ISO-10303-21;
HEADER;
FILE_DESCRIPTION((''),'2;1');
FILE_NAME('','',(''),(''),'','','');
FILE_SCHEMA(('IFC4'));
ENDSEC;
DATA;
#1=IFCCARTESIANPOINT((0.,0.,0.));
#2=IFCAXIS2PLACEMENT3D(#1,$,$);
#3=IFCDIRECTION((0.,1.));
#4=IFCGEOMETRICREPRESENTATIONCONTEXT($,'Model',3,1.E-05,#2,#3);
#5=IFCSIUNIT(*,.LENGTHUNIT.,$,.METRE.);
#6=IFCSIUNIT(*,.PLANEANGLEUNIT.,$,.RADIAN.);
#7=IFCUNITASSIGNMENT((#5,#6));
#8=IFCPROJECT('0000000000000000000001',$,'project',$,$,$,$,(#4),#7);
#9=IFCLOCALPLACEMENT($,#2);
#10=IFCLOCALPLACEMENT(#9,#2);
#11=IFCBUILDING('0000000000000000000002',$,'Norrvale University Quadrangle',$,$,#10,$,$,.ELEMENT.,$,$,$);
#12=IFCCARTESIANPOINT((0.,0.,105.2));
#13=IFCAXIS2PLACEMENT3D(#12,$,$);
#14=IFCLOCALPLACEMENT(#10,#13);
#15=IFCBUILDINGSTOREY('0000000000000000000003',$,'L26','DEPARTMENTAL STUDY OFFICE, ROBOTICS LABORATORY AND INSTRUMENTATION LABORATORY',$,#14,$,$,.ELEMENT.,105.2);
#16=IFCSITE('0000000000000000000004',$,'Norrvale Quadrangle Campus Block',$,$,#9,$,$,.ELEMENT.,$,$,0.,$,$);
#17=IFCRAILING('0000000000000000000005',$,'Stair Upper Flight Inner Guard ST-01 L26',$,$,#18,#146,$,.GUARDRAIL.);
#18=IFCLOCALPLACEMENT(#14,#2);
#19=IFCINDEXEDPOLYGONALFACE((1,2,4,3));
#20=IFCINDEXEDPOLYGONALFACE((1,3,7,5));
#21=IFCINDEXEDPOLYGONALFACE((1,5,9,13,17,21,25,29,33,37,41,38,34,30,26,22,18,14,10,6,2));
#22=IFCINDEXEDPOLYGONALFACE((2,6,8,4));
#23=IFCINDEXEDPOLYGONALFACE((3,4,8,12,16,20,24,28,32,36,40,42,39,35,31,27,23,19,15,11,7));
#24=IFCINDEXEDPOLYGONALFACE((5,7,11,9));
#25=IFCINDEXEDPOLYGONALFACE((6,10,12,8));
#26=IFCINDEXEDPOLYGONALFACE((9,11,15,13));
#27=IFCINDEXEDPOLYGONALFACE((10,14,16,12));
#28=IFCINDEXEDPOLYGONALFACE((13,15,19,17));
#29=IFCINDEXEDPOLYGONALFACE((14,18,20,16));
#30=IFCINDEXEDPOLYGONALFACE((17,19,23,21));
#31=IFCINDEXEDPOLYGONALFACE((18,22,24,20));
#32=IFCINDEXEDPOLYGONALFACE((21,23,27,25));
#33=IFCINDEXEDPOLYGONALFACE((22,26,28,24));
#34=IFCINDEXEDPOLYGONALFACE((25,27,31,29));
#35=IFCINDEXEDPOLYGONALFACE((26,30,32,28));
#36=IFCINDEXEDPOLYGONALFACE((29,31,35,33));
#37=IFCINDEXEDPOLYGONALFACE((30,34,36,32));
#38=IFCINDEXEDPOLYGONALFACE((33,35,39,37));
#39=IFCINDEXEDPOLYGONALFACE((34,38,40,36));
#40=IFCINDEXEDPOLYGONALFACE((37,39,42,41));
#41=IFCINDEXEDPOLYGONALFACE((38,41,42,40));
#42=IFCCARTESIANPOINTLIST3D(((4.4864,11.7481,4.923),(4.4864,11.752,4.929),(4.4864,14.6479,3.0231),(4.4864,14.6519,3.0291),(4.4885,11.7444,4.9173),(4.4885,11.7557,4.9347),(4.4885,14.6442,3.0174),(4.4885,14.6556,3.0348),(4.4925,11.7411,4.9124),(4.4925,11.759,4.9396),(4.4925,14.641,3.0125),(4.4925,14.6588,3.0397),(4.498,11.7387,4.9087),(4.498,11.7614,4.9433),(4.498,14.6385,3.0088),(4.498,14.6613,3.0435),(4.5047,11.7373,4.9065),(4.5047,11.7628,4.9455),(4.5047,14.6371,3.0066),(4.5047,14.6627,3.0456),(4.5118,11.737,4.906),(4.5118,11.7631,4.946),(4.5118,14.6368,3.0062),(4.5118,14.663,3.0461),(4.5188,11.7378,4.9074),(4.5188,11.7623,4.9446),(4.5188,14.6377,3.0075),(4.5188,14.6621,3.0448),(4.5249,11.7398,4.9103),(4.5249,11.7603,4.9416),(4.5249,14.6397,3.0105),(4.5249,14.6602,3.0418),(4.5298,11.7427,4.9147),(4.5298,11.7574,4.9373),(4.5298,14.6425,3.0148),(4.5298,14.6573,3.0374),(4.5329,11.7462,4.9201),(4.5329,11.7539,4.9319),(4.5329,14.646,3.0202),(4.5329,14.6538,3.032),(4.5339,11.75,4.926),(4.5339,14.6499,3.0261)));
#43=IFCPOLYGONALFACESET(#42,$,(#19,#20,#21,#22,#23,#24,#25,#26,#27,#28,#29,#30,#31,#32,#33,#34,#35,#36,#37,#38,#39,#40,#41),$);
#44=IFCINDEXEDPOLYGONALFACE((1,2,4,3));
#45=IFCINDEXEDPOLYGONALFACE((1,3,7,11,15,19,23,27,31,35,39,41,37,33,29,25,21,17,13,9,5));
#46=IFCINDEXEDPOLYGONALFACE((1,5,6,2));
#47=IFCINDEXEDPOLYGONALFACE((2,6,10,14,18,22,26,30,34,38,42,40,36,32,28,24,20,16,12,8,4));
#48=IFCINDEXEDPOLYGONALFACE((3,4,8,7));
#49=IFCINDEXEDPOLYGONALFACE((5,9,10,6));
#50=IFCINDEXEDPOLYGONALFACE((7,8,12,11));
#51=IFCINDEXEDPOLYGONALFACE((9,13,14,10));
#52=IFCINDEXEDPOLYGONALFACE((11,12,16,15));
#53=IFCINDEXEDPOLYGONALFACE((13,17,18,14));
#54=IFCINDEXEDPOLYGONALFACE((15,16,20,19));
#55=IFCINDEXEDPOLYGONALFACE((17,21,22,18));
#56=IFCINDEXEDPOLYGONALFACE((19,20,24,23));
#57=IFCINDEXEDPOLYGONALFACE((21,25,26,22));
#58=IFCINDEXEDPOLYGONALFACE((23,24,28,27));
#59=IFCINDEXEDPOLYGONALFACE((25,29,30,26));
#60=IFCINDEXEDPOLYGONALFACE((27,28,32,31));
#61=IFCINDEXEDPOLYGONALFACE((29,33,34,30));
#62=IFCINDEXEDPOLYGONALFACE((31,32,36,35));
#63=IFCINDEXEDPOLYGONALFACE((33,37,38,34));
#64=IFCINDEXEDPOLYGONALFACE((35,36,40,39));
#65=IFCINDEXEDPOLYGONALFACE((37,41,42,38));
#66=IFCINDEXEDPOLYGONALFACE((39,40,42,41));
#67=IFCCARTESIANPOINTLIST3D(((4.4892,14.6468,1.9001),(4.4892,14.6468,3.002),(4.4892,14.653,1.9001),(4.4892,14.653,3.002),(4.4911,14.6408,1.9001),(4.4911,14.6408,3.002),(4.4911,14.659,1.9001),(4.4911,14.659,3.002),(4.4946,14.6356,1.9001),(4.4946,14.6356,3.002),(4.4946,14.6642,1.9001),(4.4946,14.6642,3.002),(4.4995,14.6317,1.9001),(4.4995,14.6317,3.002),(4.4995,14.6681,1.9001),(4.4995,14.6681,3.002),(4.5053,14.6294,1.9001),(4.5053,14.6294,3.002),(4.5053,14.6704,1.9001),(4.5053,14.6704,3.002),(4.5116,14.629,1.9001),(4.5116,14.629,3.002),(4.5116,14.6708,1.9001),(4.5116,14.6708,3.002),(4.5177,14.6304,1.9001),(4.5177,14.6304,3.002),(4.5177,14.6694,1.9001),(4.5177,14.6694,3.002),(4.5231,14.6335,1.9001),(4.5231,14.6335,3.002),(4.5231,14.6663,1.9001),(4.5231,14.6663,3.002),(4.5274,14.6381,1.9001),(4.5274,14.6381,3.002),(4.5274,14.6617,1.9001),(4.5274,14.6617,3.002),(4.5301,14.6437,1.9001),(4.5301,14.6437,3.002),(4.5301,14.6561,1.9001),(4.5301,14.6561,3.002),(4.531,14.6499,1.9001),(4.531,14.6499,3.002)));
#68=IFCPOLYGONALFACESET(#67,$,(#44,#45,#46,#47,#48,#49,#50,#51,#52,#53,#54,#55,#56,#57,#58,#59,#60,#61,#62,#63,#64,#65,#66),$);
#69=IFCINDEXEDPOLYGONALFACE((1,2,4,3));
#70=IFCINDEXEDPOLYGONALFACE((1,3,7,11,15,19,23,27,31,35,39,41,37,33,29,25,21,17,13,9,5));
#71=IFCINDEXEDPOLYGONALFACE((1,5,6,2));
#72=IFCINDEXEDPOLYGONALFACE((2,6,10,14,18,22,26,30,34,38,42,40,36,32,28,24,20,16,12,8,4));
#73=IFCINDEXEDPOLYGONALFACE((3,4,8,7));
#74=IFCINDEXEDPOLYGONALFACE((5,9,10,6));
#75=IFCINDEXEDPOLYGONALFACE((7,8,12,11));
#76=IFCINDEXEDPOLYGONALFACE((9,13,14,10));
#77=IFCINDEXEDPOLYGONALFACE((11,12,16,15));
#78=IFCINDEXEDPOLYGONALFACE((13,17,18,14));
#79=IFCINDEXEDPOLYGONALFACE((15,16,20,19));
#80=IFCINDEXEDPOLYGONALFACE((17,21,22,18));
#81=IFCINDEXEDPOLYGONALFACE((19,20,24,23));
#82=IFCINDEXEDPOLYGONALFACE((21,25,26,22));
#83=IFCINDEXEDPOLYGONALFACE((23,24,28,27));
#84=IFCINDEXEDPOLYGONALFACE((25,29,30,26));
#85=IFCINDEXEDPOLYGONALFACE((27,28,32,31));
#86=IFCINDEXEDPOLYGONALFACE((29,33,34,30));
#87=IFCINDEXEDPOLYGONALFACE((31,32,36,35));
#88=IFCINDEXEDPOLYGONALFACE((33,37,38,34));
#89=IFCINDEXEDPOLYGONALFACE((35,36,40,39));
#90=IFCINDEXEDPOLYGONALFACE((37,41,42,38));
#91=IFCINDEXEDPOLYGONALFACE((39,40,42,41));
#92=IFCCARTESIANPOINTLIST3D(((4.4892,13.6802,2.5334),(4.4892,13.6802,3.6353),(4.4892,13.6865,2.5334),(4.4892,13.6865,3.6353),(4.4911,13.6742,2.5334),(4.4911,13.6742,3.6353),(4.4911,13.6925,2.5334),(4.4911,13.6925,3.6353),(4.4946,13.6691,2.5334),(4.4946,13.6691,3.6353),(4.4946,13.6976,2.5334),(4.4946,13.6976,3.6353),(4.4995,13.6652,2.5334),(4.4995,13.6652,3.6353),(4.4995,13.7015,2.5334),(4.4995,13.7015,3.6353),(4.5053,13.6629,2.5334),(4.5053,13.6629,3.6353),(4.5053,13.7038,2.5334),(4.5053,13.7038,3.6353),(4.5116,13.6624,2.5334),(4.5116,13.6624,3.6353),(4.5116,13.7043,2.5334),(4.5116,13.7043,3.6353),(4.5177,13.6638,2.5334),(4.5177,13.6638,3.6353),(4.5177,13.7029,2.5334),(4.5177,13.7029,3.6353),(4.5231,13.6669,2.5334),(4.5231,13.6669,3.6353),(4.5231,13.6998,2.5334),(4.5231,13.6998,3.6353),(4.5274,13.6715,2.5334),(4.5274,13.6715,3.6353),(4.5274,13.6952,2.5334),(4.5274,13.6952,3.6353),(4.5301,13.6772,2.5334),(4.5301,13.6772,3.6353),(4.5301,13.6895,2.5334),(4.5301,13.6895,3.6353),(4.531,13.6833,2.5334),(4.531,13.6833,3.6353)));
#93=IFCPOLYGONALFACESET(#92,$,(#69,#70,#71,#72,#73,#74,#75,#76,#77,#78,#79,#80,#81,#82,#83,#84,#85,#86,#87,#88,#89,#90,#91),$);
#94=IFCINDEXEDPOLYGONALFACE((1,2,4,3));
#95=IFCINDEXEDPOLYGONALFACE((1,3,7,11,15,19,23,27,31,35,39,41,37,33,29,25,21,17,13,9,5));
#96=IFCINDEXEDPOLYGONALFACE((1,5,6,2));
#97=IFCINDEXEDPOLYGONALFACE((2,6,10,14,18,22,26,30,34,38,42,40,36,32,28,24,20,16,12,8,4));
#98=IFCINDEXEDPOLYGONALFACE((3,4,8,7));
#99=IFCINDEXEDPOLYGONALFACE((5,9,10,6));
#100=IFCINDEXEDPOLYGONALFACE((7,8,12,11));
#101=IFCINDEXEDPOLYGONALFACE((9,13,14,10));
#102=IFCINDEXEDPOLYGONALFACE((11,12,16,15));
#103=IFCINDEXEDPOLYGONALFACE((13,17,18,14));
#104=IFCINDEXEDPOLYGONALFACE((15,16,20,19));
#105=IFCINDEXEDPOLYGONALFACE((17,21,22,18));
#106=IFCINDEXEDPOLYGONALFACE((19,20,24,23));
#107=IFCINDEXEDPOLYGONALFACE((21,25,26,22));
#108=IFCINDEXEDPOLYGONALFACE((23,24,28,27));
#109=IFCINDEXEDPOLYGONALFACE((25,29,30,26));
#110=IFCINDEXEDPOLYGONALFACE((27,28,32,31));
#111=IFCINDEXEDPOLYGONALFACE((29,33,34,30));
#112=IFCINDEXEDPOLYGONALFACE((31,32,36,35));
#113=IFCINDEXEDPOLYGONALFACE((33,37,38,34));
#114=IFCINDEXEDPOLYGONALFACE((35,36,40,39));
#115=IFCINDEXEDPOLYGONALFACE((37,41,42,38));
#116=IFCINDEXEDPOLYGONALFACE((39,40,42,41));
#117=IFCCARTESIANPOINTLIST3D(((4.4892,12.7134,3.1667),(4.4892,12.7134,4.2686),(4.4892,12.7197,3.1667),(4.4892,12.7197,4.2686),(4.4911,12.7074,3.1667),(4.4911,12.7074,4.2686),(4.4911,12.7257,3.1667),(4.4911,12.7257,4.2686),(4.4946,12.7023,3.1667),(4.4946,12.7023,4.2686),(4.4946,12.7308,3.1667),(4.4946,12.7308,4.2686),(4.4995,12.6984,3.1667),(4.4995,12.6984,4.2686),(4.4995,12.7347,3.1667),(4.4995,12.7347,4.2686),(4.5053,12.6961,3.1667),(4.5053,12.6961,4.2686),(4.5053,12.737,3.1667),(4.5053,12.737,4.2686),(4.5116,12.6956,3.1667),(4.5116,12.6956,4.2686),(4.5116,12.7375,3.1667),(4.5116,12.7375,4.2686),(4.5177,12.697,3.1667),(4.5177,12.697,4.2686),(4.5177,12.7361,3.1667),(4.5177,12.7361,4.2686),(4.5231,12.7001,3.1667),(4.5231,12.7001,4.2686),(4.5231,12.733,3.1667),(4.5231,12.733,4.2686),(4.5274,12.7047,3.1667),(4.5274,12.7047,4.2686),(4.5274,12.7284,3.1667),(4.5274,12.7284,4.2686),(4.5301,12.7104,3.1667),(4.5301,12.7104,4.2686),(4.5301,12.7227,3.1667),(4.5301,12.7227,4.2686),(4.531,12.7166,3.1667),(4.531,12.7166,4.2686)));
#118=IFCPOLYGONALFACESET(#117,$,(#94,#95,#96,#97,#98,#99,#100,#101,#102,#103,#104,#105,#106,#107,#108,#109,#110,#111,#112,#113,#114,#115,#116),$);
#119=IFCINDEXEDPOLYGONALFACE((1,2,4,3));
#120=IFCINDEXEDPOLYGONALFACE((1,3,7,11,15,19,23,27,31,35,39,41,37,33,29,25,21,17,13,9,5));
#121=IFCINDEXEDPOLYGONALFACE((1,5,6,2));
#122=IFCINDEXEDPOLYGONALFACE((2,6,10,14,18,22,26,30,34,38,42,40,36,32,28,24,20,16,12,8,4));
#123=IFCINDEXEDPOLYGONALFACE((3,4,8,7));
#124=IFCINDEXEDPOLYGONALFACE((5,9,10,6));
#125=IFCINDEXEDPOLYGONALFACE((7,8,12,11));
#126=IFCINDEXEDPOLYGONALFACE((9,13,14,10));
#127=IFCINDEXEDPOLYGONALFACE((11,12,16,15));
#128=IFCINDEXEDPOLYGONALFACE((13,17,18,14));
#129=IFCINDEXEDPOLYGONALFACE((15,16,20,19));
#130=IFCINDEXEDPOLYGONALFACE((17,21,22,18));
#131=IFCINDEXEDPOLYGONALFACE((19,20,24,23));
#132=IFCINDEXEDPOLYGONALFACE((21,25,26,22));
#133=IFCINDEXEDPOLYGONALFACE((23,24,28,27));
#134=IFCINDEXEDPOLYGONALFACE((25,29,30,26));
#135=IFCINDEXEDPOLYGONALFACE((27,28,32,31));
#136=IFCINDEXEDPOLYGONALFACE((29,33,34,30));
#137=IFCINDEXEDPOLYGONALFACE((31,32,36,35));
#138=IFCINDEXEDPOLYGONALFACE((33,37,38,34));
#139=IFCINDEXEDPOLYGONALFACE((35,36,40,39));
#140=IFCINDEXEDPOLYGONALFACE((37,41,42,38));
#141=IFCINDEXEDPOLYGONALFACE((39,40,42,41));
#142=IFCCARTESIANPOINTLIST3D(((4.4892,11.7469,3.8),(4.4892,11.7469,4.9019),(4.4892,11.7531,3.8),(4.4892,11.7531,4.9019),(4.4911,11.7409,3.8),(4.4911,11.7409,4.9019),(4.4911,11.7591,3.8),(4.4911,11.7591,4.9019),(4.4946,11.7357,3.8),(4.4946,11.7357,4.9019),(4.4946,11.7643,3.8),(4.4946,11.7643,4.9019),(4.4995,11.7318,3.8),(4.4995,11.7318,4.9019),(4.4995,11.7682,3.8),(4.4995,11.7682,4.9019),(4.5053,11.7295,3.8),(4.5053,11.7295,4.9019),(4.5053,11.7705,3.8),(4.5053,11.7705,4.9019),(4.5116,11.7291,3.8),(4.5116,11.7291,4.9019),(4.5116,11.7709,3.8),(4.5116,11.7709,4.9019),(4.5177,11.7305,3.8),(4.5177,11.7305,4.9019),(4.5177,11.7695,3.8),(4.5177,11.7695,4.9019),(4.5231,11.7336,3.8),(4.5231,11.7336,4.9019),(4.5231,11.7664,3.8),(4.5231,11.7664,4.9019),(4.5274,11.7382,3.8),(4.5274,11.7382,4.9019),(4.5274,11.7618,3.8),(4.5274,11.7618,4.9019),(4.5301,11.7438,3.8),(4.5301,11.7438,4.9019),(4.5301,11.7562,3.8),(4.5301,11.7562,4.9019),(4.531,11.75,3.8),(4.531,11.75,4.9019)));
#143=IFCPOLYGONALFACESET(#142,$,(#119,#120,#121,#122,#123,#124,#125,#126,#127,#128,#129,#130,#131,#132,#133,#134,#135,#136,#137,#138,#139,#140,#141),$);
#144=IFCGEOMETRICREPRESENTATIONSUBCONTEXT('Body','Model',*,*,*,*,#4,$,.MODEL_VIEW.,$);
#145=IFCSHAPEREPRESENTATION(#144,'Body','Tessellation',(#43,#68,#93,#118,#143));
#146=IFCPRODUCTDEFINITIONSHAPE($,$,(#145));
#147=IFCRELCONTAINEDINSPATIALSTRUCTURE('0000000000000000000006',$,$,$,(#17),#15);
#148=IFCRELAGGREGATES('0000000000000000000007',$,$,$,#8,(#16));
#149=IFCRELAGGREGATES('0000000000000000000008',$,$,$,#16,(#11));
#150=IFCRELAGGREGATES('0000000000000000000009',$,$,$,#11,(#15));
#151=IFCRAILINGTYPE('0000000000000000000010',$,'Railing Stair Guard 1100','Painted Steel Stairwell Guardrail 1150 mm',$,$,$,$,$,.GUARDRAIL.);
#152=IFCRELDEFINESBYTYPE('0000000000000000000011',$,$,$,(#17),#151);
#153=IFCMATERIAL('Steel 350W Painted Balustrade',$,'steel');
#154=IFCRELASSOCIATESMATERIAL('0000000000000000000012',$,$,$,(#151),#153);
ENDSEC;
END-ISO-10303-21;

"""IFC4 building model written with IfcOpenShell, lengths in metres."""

from ifc_helpers import new_model, si_unit, direction, frame, origin, origin_2d, place, context, subcontext, project, spatial, circle, extrude, material, type_object, element, save


model = new_model("IFC4")

# Units and contexts
model_context = context("Model", 3, precision=1e-05, world=origin(), true_north=direction((0.0, 1.0)))
body_context = subcontext(model_context, "Body", "Model", "MODEL_VIEW")
ifc_project = project(units=[si_unit("LENGTHUNIT", "METRE"), si_unit("PLANEANGLEUNIT", "RADIAN")], contexts=[model_context])

# Site, building, storey
site_placement = place(None, origin())
site = spatial("IfcSite", under=ifc_project, at=site_placement, Name="Norrvale Quadrangle Campus Block", CompositionType="ELEMENT", RefElevation=0.0)
building_placement = place(site_placement, origin())
building = spatial("IfcBuilding", under=site, at=building_placement, Name="Norrvale University Quadrangle", CompositionType="ELEMENT")
storey_placement = place(building_placement, frame((0.0, 0.0, 105.2)))
storey = spatial("IfcBuildingStorey", under=building, at=storey_placement, Name="L26", Description="DEPARTMENTAL STUDY OFFICE, ROBOTICS LABORATORY AND INSTRUMENTATION LABORATORY", CompositionType="ELEMENT", Elevation=105.2)

# Railing
ifc_material_1 = material(Name="Steel 350W Painted Balustrade", Category="steel")
railing_type_1 = type_object("IfcRailingType", Name="Railing Stair Guard 1100", Description="Painted Steel Stairwell Guardrail 1150 mm", PredefinedType="GUARDRAIL", material=ifc_material_1)
railing_1_placement = place(storey_placement, frame((4.51, 14.6499, 1.9001)))
element("IfcRailing", 1, at=railing_1_placement, inside=storey, type_object=railing_type_1, Name="Stair Upper Flight Inner Guard ST-01 L26", PredefinedType="GUARDRAIL", context=body_context, shape_type="SweptSolid", body=[
    extrude(circle(Radius=0.0239, at=origin_2d()), frame((0.0, 0.0, 1.126), z_axis=(0.0, -0.836466, 0.548019), x_axis=(1.0, 0.0, 0.0)), (0.0, 0.0, 1.0), 3.4668),
    extrude(circle(Radius=0.021, at=origin_2d()), origin(), (0.0, 0.0, 1.0), 1.1018),
    extrude(circle(Radius=0.021, at=origin_2d()), frame((0.0, -0.9666, 0.6333)), (0.0, 0.0, 1.0), 1.1018),
    extrude(circle(Radius=0.021, at=origin_2d()), frame((0.0, -1.9333, 1.2666)), (0.0, 0.0, 1.0), 1.1018),
    extrude(circle(Radius=0.021, at=origin_2d()), frame((0.0, -2.8999, 1.8999)), (0.0, 0.0, 1.0), 1.1018),
])

save(model, "model.ifc")
